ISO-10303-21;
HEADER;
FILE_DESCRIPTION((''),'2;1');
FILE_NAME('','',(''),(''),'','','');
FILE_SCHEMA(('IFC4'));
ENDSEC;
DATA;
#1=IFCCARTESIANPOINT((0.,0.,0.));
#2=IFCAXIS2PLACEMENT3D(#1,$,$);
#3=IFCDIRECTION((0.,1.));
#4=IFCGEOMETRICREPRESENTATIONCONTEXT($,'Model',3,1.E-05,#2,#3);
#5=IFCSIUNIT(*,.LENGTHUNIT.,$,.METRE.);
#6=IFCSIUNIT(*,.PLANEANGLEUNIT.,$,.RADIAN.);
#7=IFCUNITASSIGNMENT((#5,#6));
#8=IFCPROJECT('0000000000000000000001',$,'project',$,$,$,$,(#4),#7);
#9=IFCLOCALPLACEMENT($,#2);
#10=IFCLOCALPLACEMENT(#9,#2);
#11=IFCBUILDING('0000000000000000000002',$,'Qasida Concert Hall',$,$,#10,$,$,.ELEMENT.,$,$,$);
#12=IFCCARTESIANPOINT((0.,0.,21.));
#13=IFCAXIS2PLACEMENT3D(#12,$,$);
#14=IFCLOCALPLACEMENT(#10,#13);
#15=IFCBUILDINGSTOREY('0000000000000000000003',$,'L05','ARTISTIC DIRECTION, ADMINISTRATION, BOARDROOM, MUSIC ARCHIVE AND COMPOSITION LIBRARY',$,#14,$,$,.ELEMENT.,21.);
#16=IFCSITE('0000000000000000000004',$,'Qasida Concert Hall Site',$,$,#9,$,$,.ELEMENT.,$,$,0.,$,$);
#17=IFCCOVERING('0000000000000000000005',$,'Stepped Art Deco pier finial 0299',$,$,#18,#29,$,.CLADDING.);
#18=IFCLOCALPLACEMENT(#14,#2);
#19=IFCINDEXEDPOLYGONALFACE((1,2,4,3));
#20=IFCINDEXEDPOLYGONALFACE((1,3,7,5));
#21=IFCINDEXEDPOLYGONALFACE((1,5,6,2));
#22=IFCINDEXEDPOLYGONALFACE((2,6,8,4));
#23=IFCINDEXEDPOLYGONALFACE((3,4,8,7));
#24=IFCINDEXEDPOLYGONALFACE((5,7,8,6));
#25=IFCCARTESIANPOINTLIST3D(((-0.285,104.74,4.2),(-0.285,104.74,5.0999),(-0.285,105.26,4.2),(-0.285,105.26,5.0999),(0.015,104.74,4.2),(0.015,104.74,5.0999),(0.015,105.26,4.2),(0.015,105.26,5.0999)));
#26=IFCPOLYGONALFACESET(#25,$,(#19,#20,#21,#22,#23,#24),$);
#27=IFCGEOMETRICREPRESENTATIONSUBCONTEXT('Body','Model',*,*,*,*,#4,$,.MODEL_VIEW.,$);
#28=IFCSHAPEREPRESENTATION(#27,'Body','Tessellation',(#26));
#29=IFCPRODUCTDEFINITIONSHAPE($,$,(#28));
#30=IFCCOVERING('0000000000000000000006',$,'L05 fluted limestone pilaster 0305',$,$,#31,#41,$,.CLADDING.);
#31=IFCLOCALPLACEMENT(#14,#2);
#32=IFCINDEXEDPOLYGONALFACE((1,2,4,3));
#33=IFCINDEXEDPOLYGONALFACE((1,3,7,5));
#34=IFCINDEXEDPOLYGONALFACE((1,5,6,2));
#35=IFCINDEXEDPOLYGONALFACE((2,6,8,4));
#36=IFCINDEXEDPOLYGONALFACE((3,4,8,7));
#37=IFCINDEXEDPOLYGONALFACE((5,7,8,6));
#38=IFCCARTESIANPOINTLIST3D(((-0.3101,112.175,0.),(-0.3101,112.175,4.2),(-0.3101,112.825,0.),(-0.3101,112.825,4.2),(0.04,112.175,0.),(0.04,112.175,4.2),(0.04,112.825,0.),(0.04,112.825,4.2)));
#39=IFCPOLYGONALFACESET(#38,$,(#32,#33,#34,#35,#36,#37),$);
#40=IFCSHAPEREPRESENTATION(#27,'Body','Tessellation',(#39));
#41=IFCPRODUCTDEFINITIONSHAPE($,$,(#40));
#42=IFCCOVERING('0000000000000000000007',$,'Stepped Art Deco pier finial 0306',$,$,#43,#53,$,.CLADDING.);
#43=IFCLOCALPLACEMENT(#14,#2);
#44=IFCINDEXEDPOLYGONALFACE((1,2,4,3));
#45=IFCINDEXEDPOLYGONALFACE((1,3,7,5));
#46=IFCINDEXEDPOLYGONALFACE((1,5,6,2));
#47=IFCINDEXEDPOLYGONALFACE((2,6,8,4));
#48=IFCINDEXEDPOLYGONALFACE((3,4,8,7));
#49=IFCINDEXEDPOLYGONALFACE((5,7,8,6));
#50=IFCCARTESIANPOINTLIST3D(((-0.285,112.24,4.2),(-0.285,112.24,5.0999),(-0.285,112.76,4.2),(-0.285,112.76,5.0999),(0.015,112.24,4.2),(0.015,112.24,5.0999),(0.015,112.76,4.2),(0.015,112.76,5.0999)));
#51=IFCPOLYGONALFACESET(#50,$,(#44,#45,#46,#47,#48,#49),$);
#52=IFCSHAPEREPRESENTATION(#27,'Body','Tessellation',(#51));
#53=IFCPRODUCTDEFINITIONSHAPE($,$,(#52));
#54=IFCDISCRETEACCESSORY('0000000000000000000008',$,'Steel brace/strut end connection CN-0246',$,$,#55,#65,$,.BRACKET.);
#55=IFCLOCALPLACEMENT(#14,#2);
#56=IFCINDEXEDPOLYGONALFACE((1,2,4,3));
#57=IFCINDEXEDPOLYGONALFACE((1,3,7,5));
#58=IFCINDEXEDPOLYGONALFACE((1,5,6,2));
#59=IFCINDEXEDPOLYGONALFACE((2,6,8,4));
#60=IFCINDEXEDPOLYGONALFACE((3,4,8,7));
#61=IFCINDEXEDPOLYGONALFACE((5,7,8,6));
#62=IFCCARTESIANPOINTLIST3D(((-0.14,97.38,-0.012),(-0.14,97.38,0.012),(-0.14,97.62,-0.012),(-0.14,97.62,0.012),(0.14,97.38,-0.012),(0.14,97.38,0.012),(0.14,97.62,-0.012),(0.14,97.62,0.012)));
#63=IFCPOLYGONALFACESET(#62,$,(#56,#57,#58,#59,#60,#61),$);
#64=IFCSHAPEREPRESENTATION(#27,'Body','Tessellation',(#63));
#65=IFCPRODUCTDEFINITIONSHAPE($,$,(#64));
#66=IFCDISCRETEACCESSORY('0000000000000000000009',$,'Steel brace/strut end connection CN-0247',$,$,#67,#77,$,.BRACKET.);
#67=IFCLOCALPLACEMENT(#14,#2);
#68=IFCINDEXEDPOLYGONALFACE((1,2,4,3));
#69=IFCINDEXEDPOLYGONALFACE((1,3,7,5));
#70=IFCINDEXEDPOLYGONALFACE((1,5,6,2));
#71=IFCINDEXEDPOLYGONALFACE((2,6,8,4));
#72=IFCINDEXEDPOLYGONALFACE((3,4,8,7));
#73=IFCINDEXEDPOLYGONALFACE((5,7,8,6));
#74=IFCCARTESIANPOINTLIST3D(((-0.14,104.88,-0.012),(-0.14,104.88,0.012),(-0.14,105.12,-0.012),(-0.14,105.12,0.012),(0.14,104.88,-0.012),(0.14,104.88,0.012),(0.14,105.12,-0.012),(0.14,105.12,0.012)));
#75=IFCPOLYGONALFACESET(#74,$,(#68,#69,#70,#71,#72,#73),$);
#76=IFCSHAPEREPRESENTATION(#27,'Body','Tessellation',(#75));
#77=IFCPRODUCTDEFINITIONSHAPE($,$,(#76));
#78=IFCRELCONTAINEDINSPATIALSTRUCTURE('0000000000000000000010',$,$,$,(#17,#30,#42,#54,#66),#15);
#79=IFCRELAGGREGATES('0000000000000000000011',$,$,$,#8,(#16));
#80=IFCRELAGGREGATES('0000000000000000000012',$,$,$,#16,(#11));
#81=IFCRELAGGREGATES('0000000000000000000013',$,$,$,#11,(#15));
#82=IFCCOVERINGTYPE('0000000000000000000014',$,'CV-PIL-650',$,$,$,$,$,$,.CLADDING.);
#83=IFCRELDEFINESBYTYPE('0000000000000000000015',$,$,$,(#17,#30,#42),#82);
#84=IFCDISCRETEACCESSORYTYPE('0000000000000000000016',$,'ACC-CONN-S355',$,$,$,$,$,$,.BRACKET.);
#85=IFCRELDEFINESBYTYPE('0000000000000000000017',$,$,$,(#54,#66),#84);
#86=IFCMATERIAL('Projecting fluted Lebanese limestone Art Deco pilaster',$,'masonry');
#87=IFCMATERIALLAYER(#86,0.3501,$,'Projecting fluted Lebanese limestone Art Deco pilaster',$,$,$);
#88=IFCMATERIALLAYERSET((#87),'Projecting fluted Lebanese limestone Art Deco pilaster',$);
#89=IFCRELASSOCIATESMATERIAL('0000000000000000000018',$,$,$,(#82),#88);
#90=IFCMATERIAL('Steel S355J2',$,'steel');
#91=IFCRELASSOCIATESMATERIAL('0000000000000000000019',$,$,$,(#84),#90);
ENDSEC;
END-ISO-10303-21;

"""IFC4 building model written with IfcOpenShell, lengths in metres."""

from ifc_helpers import new_model, si_unit, direction, frame, origin, origin_2d, place, context, subcontext, project, spatial, rectangle, extrude, material, layer, layer_set, type_object, element, save


model = new_model("IFC4")

# Units and contexts
model_context = context("Model", 3, precision=1e-05, world=origin(), true_north=direction((0.0, 1.0)))
body_context = subcontext(model_context, "Body", "Model", "MODEL_VIEW")
ifc_project = project(units=[si_unit("LENGTHUNIT", "METRE"), si_unit("PLANEANGLEUNIT", "RADIAN")], contexts=[model_context])

# Site, building, storey
site_placement = place(None, origin())
site = spatial("IfcSite", under=ifc_project, at=site_placement, Name="Qasida Concert Hall Site", CompositionType="ELEMENT", RefElevation=0.0)
building_placement = place(site_placement, origin())
building = spatial("IfcBuilding", under=site, at=building_placement, Name="Qasida Concert Hall", CompositionType="ELEMENT")
storey_placement = place(building_placement, frame((0.0, 0.0, 21.0)))
storey = spatial("IfcBuildingStorey", under=building, at=storey_placement, Name="L05", Description="ARTISTIC DIRECTION, ADMINISTRATION, BOARDROOM, MUSIC ARCHIVE AND COMPOSITION LIBRARY", CompositionType="ELEMENT", Elevation=21.0)

# Shared definitions
ifc_material_1 = material(Name="Steel S355J2", Category="steel")

# Coverings
ifc_material_2 = material(Name="Projecting fluted Lebanese limestone Art Deco pilaster", Category="masonry")
ifc_layer_1 = layer(ifc_material_2, 0.3501, Name="Projecting fluted Lebanese limestone Art Deco pilaster")
ifc_layer_set_1 = layer_set([ifc_layer_1], Name="Projecting fluted Lebanese limestone Art Deco pilaster")
covering_type = type_object("IfcCoveringType", Name="CV-PIL-650", PredefinedType="CLADDING", material=ifc_layer_set_1)
covering_1_placement = place(storey_placement, frame((-0.135, 105.0, 4.2), z_axis=(0.0, 0.0, 1.0), x_axis=(1.0, 0.0, 0.0)))
element("IfcCovering", 1, at=covering_1_placement, inside=storey, type_object=covering_type, Name="Stepped Art Deco pier finial 0299", PredefinedType="CLADDING", context=body_context, shape_type="SweptSolid", body=[
    extrude(rectangle(XDim=0.3, YDim=0.52, at=origin_2d()), origin(), (0.0, 0.0, 1.0), 0.8999),
])
covering_2_placement = place(storey_placement, frame((-0.135, 112.5, 0.0), z_axis=(0.0, 0.0, 1.0), x_axis=(1.0, 0.0, 0.0)))
element("IfcCovering", 2, at=covering_2_placement, inside=storey, type_object=covering_type, Name="L05 fluted limestone pilaster 0305", PredefinedType="CLADDING", context=body_context, shape_type="SweptSolid", body=[
    extrude(rectangle(XDim=0.3501, YDim=0.6499, at=origin_2d()), origin(), (0.0, 0.0, 1.0), 4.2),
])
covering_3_placement = place(storey_placement, frame((-0.135, 112.5, 4.2), z_axis=(0.0, 0.0, 1.0), x_axis=(1.0, 0.0, 0.0)))
element("IfcCovering", 3, at=covering_3_placement, inside=storey, type_object=covering_type, Name="Stepped Art Deco pier finial 0306", PredefinedType="CLADDING", context=body_context, shape_type="SweptSolid", body=[
    extrude(rectangle(XDim=0.3, YDim=0.52, at=origin_2d()), origin(), (0.0, 0.0, 1.0), 0.8999),
])

# Discrete accessories
discrete_accessory_type = type_object("IfcDiscreteAccessoryType", Name="ACC-CONN-S355", PredefinedType="BRACKET", material=ifc_material_1)
for number, where, z_axis, x_axis, name in (
    (4, (0.0, 97.5, -0.012), (0.0, 0.0, 1.0), (1.0, 0.0, 0.0), "Steel brace/strut end connection CN-0246"),
    (5, (0.0, 105.0, -0.012), (0.0, 0.0, 1.0), (1.0, 0.0, 0.0), "Steel brace/strut end connection CN-0247"),
):
    element("IfcDiscreteAccessory", number, at=place(storey_placement, frame(where, z_axis=z_axis, x_axis=x_axis)), inside=storey, type_object=discrete_accessory_type, Name=name, PredefinedType="BRACKET", context=body_context, shape_type="SweptSolid", body=[
        extrude(rectangle(XDim=0.28, YDim=0.24, at=origin_2d()), origin(), (0.0, 0.0, 1.0), 0.0239),
    ])

save(model, "model.ifc")
